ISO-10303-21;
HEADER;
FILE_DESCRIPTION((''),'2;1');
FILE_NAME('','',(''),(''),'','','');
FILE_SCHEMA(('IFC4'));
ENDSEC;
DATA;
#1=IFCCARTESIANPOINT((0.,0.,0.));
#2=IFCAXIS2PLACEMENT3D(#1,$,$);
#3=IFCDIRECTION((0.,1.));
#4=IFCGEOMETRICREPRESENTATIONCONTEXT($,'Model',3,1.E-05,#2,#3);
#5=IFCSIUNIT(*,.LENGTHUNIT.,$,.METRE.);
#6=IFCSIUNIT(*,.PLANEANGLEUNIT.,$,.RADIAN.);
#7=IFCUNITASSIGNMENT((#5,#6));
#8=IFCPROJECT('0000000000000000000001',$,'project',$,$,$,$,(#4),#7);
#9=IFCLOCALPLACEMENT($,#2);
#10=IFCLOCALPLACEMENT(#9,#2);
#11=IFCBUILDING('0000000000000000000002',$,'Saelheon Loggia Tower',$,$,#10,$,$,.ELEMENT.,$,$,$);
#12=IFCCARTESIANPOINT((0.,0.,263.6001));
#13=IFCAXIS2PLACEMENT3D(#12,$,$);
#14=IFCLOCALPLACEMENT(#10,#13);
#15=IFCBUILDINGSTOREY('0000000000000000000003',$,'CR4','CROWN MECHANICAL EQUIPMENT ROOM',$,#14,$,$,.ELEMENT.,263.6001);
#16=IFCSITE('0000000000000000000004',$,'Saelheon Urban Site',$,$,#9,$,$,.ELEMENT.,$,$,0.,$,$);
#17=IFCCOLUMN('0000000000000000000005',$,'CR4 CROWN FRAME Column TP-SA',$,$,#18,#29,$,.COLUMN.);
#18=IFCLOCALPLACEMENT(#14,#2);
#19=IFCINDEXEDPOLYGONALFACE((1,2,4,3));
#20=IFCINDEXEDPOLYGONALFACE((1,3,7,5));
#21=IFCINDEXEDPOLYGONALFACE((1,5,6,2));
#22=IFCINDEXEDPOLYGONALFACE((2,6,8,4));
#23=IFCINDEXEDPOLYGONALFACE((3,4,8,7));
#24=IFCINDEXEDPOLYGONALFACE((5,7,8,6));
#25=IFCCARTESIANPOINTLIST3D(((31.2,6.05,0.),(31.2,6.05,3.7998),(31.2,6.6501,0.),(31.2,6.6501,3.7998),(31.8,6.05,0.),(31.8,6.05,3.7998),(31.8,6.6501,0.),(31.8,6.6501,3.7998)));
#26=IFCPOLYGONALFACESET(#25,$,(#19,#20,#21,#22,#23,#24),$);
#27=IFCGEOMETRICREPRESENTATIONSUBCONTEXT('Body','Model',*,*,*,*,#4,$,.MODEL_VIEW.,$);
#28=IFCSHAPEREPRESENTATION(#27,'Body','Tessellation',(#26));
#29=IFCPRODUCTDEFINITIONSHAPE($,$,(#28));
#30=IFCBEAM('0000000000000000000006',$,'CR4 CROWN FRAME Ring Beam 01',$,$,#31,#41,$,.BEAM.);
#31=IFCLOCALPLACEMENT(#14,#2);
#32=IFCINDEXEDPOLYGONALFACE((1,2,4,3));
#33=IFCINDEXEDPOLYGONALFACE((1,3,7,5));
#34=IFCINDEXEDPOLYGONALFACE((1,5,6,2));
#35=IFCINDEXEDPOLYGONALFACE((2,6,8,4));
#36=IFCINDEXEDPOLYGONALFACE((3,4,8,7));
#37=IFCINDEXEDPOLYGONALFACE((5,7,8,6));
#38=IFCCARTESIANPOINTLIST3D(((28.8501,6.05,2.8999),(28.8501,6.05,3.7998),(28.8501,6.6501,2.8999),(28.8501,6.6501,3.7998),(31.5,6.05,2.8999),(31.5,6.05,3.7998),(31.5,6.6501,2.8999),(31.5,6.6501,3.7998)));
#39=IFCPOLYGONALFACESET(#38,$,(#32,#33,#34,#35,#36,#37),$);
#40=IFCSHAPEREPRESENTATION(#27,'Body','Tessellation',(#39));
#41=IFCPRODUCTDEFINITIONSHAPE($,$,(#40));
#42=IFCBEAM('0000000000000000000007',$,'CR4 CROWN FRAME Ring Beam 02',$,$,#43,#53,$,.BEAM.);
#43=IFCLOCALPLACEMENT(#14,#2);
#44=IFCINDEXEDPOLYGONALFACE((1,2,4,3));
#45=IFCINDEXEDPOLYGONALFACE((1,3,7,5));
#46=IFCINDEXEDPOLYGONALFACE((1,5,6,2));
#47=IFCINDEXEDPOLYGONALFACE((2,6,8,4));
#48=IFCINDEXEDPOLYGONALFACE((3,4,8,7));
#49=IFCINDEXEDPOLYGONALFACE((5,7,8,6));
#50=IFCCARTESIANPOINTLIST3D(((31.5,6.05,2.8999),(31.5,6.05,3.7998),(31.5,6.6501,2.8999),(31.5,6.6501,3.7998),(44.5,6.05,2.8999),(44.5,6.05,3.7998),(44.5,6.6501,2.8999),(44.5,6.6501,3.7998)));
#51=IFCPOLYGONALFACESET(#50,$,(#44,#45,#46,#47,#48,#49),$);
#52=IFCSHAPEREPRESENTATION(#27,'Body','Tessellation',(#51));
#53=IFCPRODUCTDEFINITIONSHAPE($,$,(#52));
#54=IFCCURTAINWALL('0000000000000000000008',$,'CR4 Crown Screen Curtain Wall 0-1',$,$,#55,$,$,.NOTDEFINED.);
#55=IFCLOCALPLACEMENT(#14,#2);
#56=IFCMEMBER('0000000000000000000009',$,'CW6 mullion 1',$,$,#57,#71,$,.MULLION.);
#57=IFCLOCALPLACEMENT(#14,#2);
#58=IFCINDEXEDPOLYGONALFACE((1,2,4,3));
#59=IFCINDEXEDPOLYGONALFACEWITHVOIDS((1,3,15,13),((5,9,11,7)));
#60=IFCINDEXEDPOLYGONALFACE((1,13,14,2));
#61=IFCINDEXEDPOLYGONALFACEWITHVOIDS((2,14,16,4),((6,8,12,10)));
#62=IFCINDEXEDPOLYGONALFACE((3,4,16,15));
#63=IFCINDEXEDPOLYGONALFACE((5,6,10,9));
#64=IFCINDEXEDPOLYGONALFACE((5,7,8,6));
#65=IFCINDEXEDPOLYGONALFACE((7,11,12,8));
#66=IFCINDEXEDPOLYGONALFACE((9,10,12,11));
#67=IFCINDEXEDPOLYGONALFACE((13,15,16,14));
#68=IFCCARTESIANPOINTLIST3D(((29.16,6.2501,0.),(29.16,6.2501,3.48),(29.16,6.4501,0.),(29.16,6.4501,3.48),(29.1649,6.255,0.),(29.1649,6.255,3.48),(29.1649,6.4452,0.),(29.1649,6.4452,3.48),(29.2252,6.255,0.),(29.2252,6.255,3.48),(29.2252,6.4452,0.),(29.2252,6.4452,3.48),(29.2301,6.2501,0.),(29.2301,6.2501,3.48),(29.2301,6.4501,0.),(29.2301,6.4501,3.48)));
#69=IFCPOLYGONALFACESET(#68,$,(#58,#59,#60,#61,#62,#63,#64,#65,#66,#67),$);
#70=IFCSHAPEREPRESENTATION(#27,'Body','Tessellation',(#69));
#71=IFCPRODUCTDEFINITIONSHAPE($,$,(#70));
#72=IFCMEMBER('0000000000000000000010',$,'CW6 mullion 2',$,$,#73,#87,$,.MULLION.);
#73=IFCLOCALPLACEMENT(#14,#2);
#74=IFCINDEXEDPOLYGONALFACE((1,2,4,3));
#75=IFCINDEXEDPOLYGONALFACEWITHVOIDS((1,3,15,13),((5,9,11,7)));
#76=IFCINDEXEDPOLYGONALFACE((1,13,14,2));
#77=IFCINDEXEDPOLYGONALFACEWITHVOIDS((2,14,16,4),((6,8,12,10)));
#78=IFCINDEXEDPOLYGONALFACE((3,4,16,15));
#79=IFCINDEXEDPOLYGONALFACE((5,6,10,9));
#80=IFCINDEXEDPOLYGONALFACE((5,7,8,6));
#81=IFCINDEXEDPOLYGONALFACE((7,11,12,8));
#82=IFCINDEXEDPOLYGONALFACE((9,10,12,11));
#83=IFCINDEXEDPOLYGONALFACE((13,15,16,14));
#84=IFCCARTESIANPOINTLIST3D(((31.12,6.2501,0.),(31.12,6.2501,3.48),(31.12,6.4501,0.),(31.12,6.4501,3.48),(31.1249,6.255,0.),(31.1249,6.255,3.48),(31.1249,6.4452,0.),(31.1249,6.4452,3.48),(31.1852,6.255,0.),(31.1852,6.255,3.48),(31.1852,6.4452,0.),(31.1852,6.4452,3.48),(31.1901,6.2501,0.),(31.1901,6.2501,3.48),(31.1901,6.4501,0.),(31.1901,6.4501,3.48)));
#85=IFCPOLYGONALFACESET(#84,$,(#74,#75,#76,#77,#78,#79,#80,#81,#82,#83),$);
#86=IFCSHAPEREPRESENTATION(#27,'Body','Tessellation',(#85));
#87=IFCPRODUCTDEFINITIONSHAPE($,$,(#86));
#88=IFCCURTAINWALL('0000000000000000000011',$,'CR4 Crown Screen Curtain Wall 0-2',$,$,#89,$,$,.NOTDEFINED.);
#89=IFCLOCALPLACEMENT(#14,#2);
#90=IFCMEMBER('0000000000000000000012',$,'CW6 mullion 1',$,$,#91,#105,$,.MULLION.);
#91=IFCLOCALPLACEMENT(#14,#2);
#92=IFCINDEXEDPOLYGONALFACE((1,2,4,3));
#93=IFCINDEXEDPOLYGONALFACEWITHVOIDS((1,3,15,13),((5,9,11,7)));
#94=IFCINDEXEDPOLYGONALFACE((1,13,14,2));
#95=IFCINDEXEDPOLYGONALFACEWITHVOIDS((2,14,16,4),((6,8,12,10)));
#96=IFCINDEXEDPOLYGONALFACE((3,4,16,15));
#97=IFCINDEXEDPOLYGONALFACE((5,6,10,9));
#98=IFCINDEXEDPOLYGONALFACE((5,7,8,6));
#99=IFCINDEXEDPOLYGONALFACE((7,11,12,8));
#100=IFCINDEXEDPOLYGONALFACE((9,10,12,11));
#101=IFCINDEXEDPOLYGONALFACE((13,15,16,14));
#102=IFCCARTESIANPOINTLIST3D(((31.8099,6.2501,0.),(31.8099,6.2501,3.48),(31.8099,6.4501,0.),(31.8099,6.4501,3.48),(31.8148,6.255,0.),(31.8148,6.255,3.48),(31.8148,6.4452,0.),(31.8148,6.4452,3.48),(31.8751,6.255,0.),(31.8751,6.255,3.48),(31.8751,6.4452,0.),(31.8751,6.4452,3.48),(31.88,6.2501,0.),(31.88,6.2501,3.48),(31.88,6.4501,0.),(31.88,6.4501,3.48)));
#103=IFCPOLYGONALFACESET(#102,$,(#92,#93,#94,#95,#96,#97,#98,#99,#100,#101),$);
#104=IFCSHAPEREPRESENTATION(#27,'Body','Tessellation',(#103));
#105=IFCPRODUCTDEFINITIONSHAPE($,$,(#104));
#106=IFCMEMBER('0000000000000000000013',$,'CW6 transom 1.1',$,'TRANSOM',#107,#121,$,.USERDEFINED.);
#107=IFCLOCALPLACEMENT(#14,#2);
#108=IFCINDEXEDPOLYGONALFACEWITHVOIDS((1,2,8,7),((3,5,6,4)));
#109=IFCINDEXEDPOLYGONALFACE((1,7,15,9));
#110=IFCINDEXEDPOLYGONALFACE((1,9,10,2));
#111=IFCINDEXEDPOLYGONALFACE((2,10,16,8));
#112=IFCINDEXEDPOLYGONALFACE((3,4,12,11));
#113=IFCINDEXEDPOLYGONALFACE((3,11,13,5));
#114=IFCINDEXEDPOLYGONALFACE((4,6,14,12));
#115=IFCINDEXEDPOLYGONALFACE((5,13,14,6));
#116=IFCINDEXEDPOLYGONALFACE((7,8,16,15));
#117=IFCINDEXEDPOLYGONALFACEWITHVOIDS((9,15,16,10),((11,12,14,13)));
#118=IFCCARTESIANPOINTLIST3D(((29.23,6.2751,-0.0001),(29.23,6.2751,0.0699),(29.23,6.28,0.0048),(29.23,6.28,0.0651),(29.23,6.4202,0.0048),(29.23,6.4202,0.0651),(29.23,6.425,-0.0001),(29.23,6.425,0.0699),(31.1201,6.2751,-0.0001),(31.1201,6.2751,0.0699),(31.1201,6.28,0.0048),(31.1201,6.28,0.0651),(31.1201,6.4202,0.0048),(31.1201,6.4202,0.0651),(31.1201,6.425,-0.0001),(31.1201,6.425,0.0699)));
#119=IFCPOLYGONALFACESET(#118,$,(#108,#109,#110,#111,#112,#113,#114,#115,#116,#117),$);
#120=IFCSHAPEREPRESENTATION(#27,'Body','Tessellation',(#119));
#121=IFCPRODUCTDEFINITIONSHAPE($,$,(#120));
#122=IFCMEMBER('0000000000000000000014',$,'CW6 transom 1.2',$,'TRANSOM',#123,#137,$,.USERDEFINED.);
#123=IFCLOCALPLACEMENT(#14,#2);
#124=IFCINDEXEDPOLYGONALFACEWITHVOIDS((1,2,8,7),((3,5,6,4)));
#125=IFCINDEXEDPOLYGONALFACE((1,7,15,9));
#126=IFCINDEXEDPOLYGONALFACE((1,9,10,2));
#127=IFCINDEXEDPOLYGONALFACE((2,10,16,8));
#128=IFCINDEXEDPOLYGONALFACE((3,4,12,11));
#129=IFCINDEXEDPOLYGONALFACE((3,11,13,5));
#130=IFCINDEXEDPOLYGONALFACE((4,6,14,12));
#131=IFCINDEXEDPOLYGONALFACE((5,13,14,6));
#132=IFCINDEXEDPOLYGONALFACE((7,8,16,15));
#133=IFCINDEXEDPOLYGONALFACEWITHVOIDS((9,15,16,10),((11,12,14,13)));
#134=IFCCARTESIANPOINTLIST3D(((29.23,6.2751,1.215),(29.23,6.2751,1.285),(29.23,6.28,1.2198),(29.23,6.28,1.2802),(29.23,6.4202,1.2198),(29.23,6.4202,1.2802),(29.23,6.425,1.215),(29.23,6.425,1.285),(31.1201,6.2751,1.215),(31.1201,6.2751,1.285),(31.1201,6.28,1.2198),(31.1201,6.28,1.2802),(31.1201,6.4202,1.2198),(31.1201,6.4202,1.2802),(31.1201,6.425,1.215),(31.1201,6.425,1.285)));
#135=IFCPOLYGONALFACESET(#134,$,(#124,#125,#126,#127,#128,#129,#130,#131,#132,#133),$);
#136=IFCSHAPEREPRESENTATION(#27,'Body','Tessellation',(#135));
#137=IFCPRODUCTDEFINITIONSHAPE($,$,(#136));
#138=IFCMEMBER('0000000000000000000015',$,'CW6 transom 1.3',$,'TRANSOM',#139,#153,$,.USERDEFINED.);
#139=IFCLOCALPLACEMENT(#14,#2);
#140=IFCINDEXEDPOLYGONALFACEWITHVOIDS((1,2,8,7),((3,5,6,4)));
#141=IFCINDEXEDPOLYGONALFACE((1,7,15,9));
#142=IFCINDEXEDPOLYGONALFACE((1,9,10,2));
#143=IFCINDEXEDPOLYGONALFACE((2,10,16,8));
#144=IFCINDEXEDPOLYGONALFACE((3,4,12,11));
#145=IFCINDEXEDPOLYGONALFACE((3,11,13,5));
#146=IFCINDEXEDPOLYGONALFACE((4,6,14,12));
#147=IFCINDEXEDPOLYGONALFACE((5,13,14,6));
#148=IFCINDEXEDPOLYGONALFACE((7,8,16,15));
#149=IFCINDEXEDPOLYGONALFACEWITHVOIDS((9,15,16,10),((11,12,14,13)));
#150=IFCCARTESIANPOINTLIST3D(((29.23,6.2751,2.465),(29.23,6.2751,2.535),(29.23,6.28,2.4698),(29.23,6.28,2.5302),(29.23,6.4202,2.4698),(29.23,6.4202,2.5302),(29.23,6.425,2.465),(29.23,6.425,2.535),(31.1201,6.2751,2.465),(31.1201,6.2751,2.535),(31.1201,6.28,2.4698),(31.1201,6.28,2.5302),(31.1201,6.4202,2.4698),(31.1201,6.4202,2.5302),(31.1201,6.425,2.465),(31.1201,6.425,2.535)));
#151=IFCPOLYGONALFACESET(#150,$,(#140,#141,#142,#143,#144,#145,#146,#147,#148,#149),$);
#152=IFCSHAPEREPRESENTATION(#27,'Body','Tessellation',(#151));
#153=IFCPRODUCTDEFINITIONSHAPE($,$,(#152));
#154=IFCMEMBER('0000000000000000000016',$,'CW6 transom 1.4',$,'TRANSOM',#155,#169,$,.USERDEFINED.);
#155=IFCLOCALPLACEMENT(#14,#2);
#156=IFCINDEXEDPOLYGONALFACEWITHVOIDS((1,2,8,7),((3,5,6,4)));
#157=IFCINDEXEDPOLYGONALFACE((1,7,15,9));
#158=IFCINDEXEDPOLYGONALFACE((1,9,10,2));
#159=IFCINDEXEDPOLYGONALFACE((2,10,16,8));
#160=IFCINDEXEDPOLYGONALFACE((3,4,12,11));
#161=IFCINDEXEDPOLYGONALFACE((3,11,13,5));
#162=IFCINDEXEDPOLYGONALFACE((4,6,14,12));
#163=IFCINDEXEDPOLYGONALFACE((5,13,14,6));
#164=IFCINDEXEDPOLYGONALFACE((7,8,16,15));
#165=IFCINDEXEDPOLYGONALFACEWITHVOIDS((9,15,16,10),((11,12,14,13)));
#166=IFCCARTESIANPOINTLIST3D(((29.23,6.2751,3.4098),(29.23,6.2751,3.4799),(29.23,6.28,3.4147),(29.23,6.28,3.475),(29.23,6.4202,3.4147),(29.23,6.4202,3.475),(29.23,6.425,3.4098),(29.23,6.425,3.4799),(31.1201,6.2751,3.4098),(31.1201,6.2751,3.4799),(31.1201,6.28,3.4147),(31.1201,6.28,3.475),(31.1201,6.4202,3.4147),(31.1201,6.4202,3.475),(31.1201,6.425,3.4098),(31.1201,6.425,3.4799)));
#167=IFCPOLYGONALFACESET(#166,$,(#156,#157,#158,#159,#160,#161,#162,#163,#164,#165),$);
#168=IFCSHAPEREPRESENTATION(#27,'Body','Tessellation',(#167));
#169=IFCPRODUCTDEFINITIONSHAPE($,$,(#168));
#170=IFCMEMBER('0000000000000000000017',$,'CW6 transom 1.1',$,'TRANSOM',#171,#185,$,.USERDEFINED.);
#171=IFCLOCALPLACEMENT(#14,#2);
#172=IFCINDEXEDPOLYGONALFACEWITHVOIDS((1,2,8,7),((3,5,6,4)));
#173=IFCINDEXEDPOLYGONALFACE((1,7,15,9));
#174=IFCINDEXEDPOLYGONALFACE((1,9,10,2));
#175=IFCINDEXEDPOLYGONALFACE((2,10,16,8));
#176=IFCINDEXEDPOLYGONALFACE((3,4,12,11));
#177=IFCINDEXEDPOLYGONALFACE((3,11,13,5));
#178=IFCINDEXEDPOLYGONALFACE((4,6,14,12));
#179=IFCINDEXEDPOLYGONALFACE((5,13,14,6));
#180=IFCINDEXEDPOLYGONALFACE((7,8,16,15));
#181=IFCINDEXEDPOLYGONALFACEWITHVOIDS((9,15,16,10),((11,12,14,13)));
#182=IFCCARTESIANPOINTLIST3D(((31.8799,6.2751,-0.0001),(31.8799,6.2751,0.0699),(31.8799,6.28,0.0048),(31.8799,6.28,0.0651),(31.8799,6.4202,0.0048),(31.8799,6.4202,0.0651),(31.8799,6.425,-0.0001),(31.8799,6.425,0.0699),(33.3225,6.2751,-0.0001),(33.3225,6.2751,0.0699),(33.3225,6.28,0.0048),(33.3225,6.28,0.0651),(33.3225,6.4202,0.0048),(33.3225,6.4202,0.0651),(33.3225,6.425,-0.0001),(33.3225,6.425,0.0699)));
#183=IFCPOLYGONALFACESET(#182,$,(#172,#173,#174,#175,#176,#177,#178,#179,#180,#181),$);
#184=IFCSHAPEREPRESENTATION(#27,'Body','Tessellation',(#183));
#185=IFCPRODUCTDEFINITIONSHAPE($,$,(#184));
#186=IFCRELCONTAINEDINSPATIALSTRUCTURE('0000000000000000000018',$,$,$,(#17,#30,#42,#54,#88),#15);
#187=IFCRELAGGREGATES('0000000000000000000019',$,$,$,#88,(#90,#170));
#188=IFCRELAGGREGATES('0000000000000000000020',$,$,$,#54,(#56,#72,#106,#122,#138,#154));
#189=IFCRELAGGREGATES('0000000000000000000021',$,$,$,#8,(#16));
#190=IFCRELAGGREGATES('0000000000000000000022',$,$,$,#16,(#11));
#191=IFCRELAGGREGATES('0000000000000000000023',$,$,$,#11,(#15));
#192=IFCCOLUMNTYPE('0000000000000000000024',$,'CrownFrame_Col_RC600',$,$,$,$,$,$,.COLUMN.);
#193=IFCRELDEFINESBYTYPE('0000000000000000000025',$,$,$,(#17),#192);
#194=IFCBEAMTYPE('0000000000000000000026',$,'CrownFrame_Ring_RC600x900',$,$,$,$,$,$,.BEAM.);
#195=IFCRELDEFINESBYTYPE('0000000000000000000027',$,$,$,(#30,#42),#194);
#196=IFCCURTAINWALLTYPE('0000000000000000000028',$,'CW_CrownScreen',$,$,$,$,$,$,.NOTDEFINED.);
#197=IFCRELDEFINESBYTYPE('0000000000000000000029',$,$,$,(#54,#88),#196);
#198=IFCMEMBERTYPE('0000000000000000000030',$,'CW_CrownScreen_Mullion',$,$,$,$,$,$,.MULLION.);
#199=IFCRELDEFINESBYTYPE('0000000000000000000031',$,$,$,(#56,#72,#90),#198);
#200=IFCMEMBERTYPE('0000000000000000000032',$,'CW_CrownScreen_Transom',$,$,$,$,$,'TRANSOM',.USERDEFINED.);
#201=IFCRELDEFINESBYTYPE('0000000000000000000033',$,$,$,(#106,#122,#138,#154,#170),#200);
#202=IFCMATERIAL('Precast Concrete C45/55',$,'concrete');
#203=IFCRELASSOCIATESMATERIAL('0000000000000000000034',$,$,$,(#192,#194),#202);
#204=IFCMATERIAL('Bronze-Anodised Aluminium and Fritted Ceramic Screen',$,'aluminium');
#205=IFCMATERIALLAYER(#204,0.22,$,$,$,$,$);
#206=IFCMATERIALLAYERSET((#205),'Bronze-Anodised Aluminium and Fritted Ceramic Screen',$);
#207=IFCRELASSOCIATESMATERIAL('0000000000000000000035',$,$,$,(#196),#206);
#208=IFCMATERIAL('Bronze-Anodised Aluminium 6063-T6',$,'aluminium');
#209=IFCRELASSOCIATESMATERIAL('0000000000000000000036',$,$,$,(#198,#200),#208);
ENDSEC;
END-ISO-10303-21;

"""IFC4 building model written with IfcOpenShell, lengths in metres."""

from ifc_helpers import new_model, si_unit, direction, frame, origin, origin_2d, place, context, subcontext, project, spatial, rectangle, hollow_rectangle, extrude, source, transform, mapped, material, layer, layer_set, material_profile, profile_set, type_object, element, aggregate, save


model = new_model("IFC4")

# Units and contexts
model_context = context("Model", 3, precision=1e-05, world=origin(), true_north=direction((0.0, 1.0)))
body_context = subcontext(model_context, "Body", "Model", "MODEL_VIEW")
ifc_project = project(units=[si_unit("LENGTHUNIT", "METRE"), si_unit("PLANEANGLEUNIT", "RADIAN")], contexts=[model_context])

# Site, building, storey
site_placement = place(None, origin())
site = spatial("IfcSite", under=ifc_project, at=site_placement, Name="Saelheon Urban Site", CompositionType="ELEMENT", RefElevation=0.0)
building_placement = place(site_placement, origin())
building = spatial("IfcBuilding", under=site, at=building_placement, Name="Saelheon Loggia Tower", CompositionType="ELEMENT")
storey_placement = place(building_placement, frame((0.0, 0.0, 263.6001)))
storey = spatial("IfcBuildingStorey", under=building, at=storey_placement, Name="CR4", Description="CROWN MECHANICAL EQUIPMENT ROOM", CompositionType="ELEMENT", Elevation=263.6001)

# Column
ifc_material_1 = material(Name="Precast Concrete C45/55", Category="concrete")
ifc_material_profile_1 = material_profile(ifc_material_1, rectangle(XDim=0.6001, YDim=0.6001, at=origin_2d()), Name="RC-600x600")
ifc_profile_set_1 = profile_set([ifc_material_profile_1], Name="Precast Concrete C45/55")
column_type = type_object("IfcColumnType", Name="CrownFrame_Col_RC600", PredefinedType="COLUMN", material=ifc_profile_set_1)
shared_shape_1 = source(origin(), body_context, "Body", "SweptSolid", [
    extrude(rectangle(XDim=0.6001, YDim=0.6001, at=origin_2d()), origin(), (0.0, 0.0, 1.0), 3.7998),
])
column_placement = place(storey_placement, frame((31.5, 6.3501, 0.0), z_axis=(0.0, 0.0, 1.0), x_axis=(1.0, 0.0, 0.0)))
element("IfcColumn", 1, at=column_placement, inside=storey, type_object=column_type, Name="CR4 CROWN FRAME Column TP-SA", PredefinedType="COLUMN", context=body_context, shape_type="MappedRepresentation", body=[
    mapped(shared_shape_1, transform((0.0, 0.0, 0.0), scale=1.0)),
])

# Beams
ifc_material_profile_2 = material_profile(ifc_material_1, rectangle(XDim=0.6001, YDim=0.8999, at=origin_2d()), Name="RC-600x900")
ifc_profile_set_2 = profile_set([ifc_material_profile_2], Name="Precast Concrete C45/55")
beam_type = type_object("IfcBeamType", Name="CrownFrame_Ring_RC600x900", PredefinedType="BEAM", material=ifc_profile_set_2)
shared_shape_2 = source(origin(), body_context, "Body", "SweptSolid", [
    extrude(rectangle(XDim=0.6001, YDim=0.8999, at=origin_2d()), origin(), (0.0, 0.0, 1.0), 2.6499),
])
beam_1_placement = place(storey_placement, frame((28.8501, 6.3501, 3.3499), z_axis=(1.0, 0.0, 0.0), x_axis=(0.0, 1.0, 0.0)))
element("IfcBeam", 2, at=beam_1_placement, inside=storey, type_object=beam_type, Name="CR4 CROWN FRAME Ring Beam 01", PredefinedType="BEAM", context=body_context, shape_type="MappedRepresentation", body=[
    mapped(shared_shape_2, transform((0.0, 0.0, 0.0), scale=1.0)),
])
shared_shape_3 = source(origin(), body_context, "Body", "SweptSolid", [
    extrude(rectangle(XDim=0.6001, YDim=0.8999, at=origin_2d()), origin(), (0.0, 0.0, 1.0), 13.0),
])
beam_2_placement = place(storey_placement, frame((31.5, 6.3501, 3.3499), z_axis=(1.0, 0.0, 0.0), x_axis=(0.0, 1.0, 0.0)))
element("IfcBeam", 3, at=beam_2_placement, inside=storey, type_object=beam_type, Name="CR4 CROWN FRAME Ring Beam 02", PredefinedType="BEAM", context=body_context, shape_type="MappedRepresentation", body=[
    mapped(shared_shape_3, transform((0.0, 0.0, 0.0), scale=1.0)),
])

# Curtain wall, members
ifc_material_2 = material(Name="Bronze-Anodised Aluminium and Fritted Ceramic Screen", Category="aluminium")
ifc_layer_1 = layer(ifc_material_2, 0.22)
ifc_layer_set_1 = layer_set([ifc_layer_1], Name="Bronze-Anodised Aluminium and Fritted Ceramic Screen")
curtain_wall_type = type_object("IfcCurtainWallType", Name="CW_CrownScreen", PredefinedType="NOTDEFINED", material=ifc_layer_set_1)
curtain_wall_1_placement = place(storey_placement, origin())
curtain_wall_1 = element("IfcCurtainWall", 4, at=curtain_wall_1_placement, inside=storey, type_object=curtain_wall_type, Name="CR4 Crown Screen Curtain Wall 0-1", PredefinedType="NOTDEFINED")
ifc_material_3 = material(Name="Bronze-Anodised Aluminium 6063-T6", Category="aluminium")
ifc_material_profile_3 = material_profile(ifc_material_3, hollow_rectangle(XDim=0.0701, YDim=0.2, WallThickness=0.0049, at=origin_2d()), Name="RHS-200x70x5")
ifc_profile_set_3 = profile_set([ifc_material_profile_3], Name="Bronze-Anodised Aluminium 6063-T6")
member_type_1 = type_object("IfcMemberType", Name="CW_CrownScreen_Mullion", PredefinedType="MULLION", material=ifc_profile_set_3)
shared_shape_4 = source(origin(), body_context, "Body", "SweptSolid", [
    extrude(hollow_rectangle(XDim=0.0701, YDim=0.2, WallThickness=0.0049, at=origin_2d()), origin(), (0.0, 0.0, 1.0), 3.48),
])
member_1_placement = place(storey_placement, frame((29.1951, 6.3501, 0.0), z_axis=(0.0, 0.0, 1.0), x_axis=(1.0, 0.0, 0.0)))
member_1 = element("IfcMember", 5, at=member_1_placement, type_object=member_type_1, Name="CW6 mullion 1", PredefinedType="MULLION", context=body_context, shape_type="MappedRepresentation", body=[
    mapped(shared_shape_4, transform((0.0, 0.0, 0.0), scale=1.0)),
])
member_2_placement = place(storey_placement, frame((31.155, 6.3501, 0.0), z_axis=(0.0, 0.0, 1.0), x_axis=(1.0, 0.0, 0.0)))
member_2 = element("IfcMember", 6, at=member_2_placement, type_object=member_type_1, Name="CW6 mullion 2", PredefinedType="MULLION", context=body_context, shape_type="MappedRepresentation", body=[
    mapped(shared_shape_4, transform((0.0, 0.0, 0.0), scale=1.0)),
])

# Curtain wall, member
curtain_wall_2_placement = place(storey_placement, origin())
curtain_wall_2 = element("IfcCurtainWall", 7, at=curtain_wall_2_placement, inside=storey, type_object=curtain_wall_type, Name="CR4 Crown Screen Curtain Wall 0-2", PredefinedType="NOTDEFINED")
member_3_placement = place(storey_placement, frame((31.845, 6.3501, 0.0), z_axis=(0.0, 0.0, 1.0), x_axis=(1.0, 0.0, 0.0)))
member_3 = element("IfcMember", 8, at=member_3_placement, type_object=member_type_1, Name="CW6 mullion 1", PredefinedType="MULLION", context=body_context, shape_type="MappedRepresentation", body=[
    mapped(shared_shape_4, transform((0.0, 0.0, 0.0), scale=1.0)),
])

# Members
ifc_material_profile_4 = material_profile(ifc_material_3, hollow_rectangle(XDim=0.0701, YDim=0.1499, WallThickness=0.0049, at=origin_2d()), Name="RHS-150x70x5")
ifc_profile_set_4 = profile_set([ifc_material_profile_4], Name="Bronze-Anodised Aluminium 6063-T6")
member_type_2 = type_object("IfcMemberType", Name="CW_CrownScreen_Transom", ElementType="TRANSOM", PredefinedType="USERDEFINED", material=ifc_profile_set_4)
shared_shape_5 = source(origin(), body_context, "Body", "SweptSolid", [
    extrude(hollow_rectangle(XDim=0.0701, YDim=0.1499, WallThickness=0.0049, at=origin_2d()), origin(), (0.0, 0.0, 1.0), 1.8901),
])
member_4_placement = place(storey_placement, frame((29.23, 6.3501, 0.0349), z_axis=(1.0, 0.0, 0.0), x_axis=(0.0, 0.0, 1.0)))
member_4 = element("IfcMember", 9, at=member_4_placement, type_object=member_type_2, Name="CW6 transom 1.1", ObjectType="TRANSOM", PredefinedType="USERDEFINED", context=body_context, shape_type="MappedRepresentation", body=[
    mapped(shared_shape_5, transform((0.0, 0.0, 0.0), scale=1.0)),
])
member_5_placement = place(storey_placement, frame((29.23, 6.3501, 1.25), z_axis=(1.0, 0.0, 0.0), x_axis=(0.0, 0.0, 1.0)))
member_5 = element("IfcMember", 10, at=member_5_placement, type_object=member_type_2, Name="CW6 transom 1.2", ObjectType="TRANSOM", PredefinedType="USERDEFINED", context=body_context, shape_type="MappedRepresentation", body=[
    mapped(shared_shape_5, transform((0.0, 0.0, 0.0), scale=1.0)),
])
member_6_placement = place(storey_placement, frame((29.23, 6.3501, 2.5), z_axis=(1.0, 0.0, 0.0), x_axis=(0.0, 0.0, 1.0)))
member_6 = element("IfcMember", 11, at=member_6_placement, type_object=member_type_2, Name="CW6 transom 1.3", ObjectType="TRANSOM", PredefinedType="USERDEFINED", context=body_context, shape_type="MappedRepresentation", body=[
    mapped(shared_shape_5, transform((0.0, 0.0, 0.0), scale=1.0)),
])
member_7_placement = place(storey_placement, frame((29.23, 6.3501, 3.4448), z_axis=(1.0, 0.0, 0.0), x_axis=(0.0, 0.0, 1.0)))
member_7 = element("IfcMember", 12, at=member_7_placement, type_object=member_type_2, Name="CW6 transom 1.4", ObjectType="TRANSOM", PredefinedType="USERDEFINED", context=body_context, shape_type="MappedRepresentation", body=[
    mapped(shared_shape_5, transform((0.0, 0.0, 0.0), scale=1.0)),
])
shared_shape_6 = source(origin(), body_context, "Body", "SweptSolid", [
    extrude(hollow_rectangle(XDim=0.0701, YDim=0.1499, WallThickness=0.0049, at=origin_2d()), origin(), (0.0, 0.0, 1.0), 1.4426),
])
member_8_placement = place(storey_placement, frame((31.8799, 6.3501, 0.0349), z_axis=(1.0, 0.0, 0.0), x_axis=(0.0, 0.0, 1.0)))
member_8 = element("IfcMember", 13, at=member_8_placement, type_object=member_type_2, Name="CW6 transom 1.1", ObjectType="TRANSOM", PredefinedType="USERDEFINED", context=body_context, shape_type="MappedRepresentation", body=[
    mapped(shared_shape_6, transform((0.0, 0.0, 0.0), scale=1.0)),
])
aggregate(curtain_wall_2, [member_3, member_8])

aggregate(curtain_wall_1, [member_1, member_2, member_4, member_5, member_6, member_7])

save(model, "model.ifc")
